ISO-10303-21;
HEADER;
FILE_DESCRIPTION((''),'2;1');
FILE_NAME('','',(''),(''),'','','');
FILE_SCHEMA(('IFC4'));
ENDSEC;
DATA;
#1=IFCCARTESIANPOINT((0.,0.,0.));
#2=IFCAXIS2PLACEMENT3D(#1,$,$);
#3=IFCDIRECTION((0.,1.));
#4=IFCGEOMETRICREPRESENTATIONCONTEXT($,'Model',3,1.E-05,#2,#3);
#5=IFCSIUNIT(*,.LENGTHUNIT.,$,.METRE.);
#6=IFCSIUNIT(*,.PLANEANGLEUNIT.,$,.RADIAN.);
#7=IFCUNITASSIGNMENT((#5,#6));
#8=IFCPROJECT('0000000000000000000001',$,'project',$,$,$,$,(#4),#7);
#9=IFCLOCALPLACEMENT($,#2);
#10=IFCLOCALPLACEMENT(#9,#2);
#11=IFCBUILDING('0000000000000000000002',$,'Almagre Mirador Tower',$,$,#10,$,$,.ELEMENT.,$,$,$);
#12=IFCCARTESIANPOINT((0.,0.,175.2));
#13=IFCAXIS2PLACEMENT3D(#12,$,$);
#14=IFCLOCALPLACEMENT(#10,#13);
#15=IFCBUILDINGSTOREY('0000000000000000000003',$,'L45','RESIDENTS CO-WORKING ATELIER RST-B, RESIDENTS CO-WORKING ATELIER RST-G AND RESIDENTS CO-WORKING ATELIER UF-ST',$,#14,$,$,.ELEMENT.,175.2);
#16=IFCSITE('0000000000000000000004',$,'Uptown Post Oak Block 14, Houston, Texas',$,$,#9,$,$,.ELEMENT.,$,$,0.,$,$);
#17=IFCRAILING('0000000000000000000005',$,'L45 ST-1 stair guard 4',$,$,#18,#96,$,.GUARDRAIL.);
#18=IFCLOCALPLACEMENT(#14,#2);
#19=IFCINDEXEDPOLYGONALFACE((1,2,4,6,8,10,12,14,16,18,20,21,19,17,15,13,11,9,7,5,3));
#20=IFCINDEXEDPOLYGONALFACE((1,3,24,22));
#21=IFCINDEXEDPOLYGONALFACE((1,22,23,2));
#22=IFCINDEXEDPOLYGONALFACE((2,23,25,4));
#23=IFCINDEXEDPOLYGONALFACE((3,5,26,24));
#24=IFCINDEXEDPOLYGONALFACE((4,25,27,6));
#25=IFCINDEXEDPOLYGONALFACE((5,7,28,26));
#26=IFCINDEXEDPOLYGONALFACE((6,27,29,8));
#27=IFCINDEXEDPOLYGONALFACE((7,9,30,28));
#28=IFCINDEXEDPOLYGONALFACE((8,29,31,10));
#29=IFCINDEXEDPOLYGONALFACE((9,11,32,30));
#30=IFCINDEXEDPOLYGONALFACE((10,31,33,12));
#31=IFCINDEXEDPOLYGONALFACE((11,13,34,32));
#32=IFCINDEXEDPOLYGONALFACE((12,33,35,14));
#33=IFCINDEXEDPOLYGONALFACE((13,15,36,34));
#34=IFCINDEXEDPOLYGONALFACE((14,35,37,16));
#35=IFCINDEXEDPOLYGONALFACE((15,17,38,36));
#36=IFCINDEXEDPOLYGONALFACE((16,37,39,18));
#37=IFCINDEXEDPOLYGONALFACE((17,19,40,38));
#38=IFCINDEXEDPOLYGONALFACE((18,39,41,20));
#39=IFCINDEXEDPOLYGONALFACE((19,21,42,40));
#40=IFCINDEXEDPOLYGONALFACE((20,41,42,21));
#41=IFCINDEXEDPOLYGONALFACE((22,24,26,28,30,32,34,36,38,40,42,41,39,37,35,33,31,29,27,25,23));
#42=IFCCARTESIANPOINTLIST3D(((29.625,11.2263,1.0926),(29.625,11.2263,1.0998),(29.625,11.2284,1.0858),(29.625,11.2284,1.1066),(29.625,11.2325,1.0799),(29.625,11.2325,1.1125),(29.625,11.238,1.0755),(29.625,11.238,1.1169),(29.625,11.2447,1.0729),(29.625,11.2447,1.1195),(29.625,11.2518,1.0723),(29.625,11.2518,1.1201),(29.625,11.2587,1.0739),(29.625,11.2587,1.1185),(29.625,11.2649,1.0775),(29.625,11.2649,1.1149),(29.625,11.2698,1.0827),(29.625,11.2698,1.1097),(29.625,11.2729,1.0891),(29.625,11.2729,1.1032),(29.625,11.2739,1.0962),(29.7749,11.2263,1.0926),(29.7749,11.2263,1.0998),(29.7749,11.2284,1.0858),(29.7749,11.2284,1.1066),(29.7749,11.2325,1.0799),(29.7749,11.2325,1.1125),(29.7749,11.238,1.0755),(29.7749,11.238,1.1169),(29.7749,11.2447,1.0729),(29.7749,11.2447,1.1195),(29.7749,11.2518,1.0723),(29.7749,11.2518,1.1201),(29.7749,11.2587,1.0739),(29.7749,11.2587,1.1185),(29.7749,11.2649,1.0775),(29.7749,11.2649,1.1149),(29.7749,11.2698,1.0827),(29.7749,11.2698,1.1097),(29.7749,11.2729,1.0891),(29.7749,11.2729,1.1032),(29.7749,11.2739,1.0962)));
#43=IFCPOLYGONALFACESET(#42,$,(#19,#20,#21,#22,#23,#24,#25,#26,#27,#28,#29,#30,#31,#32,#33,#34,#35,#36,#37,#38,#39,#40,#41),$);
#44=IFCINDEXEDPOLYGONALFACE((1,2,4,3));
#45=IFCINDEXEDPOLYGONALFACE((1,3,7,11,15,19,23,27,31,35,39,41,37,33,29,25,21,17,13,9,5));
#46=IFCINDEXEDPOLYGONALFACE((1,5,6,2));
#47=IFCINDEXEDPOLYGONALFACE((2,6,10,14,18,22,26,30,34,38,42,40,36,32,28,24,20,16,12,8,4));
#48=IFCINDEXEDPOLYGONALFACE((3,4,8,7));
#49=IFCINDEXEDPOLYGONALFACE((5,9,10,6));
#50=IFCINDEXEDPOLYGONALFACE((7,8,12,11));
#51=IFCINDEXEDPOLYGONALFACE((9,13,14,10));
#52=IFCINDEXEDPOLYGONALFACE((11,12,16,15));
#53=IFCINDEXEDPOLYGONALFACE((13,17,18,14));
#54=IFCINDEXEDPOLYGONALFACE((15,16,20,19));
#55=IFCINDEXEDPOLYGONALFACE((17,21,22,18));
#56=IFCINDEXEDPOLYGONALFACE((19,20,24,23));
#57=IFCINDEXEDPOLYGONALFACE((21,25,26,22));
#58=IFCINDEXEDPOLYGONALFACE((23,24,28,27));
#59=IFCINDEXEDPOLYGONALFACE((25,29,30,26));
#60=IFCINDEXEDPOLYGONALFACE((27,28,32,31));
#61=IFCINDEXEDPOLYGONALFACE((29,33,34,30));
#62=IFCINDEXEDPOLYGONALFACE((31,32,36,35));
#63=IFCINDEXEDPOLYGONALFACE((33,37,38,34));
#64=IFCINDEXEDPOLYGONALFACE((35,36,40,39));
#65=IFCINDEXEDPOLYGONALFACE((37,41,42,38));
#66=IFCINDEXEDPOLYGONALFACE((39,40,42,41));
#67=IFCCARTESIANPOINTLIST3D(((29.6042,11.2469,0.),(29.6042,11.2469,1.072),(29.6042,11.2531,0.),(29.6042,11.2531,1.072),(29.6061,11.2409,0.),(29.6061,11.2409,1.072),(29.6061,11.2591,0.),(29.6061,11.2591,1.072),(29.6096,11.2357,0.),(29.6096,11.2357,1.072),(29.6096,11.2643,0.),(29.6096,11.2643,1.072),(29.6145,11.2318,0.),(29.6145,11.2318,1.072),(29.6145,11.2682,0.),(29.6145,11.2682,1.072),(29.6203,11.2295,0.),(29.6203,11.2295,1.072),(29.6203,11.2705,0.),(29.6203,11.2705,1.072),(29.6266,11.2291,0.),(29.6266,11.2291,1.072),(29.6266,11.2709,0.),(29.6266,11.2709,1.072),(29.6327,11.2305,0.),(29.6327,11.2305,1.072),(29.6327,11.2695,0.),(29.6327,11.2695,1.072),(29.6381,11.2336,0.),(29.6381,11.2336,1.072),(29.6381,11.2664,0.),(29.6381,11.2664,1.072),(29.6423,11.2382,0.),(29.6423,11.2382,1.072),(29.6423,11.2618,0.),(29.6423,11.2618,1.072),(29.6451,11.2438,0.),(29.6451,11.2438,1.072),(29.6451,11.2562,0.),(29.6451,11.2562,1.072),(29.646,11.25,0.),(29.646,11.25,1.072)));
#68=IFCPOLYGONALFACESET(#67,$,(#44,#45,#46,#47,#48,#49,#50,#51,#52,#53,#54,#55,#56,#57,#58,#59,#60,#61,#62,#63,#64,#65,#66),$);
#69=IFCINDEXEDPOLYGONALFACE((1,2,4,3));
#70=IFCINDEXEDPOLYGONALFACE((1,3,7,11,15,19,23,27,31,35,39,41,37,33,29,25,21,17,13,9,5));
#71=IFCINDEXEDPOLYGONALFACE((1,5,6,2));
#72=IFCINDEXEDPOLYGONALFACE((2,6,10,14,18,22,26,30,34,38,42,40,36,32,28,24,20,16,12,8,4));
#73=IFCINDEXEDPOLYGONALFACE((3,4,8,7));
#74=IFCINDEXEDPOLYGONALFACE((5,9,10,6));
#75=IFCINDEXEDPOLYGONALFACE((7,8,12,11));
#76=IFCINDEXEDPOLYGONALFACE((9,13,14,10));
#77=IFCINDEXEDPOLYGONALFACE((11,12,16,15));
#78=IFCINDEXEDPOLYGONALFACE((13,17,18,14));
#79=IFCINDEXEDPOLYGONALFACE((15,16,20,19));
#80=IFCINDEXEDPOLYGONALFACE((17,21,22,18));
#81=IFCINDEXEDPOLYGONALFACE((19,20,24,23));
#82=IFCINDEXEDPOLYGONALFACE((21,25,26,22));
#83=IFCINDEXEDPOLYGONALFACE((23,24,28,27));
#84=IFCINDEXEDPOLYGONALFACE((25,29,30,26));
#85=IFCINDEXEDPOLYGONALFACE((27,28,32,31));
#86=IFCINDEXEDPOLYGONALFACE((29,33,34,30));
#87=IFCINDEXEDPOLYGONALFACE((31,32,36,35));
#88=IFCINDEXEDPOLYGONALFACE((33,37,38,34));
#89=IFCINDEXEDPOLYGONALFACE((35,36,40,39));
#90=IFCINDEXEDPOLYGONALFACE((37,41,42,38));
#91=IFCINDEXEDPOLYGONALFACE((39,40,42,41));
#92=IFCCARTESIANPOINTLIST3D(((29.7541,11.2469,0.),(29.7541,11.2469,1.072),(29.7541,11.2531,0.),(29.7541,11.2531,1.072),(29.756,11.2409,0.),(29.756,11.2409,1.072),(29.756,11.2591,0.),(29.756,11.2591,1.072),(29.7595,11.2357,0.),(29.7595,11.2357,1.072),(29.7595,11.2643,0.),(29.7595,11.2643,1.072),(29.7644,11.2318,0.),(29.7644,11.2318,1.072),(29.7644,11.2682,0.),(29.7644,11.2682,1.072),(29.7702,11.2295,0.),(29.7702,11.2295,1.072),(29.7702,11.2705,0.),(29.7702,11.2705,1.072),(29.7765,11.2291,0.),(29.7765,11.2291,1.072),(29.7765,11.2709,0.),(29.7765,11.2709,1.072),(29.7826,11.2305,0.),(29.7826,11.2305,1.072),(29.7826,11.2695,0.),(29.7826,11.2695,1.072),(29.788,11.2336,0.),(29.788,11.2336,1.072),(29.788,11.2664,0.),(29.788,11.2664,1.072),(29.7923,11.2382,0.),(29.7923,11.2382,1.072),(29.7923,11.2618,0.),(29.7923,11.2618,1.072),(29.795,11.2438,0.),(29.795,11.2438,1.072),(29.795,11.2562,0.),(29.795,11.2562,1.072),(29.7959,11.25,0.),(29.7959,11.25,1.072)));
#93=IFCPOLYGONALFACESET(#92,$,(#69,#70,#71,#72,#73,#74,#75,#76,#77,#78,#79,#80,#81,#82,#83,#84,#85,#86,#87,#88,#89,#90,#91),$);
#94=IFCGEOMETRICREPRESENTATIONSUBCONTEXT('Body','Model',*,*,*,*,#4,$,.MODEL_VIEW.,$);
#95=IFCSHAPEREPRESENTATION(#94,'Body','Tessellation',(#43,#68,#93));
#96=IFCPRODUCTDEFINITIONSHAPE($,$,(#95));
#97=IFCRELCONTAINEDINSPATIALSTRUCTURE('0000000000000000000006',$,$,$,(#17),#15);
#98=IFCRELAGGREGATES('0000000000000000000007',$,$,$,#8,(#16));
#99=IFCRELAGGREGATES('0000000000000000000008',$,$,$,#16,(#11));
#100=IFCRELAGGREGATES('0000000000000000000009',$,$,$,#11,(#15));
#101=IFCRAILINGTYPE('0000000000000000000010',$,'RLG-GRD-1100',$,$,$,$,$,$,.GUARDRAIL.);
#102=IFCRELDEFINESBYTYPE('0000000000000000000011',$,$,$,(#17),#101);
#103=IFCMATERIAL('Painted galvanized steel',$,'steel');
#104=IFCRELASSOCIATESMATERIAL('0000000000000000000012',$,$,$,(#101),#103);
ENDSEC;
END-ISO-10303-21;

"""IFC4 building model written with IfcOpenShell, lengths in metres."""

from ifc_helpers import new_model, si_unit, direction, frame, origin, origin_2d, place, context, subcontext, project, spatial, circle, extrude, material, type_object, element, save


model = new_model("IFC4")

# Units and contexts
model_context = context("Model", 3, precision=1e-05, world=origin(), true_north=direction((0.0, 1.0)))
body_context = subcontext(model_context, "Body", "Model", "MODEL_VIEW")
ifc_project = project(units=[si_unit("LENGTHUNIT", "METRE"), si_unit("PLANEANGLEUNIT", "RADIAN")], contexts=[model_context])

# Site, building, storey
site_placement = place(None, origin())
site = spatial("IfcSite", under=ifc_project, at=site_placement, Name="Uptown Post Oak Block 14, Houston, Texas", CompositionType="ELEMENT", RefElevation=0.0)
building_placement = place(site_placement, origin())
building = spatial("IfcBuilding", under=site, at=building_placement, Name="Almagre Mirador Tower", CompositionType="ELEMENT")
storey_placement = place(building_placement, frame((0.0, 0.0, 175.2)))
storey = spatial("IfcBuildingStorey", under=building, at=storey_placement, Name="L45", Description="RESIDENTS CO-WORKING ATELIER RST-B, RESIDENTS CO-WORKING ATELIER RST-G AND RESIDENTS CO-WORKING ATELIER UF-ST", CompositionType="ELEMENT", Elevation=175.2)

# Railing
ifc_material_1 = material(Name="Painted galvanized steel", Category="steel")
railing_type_1 = type_object("IfcRailingType", Name="RLG-GRD-1100", PredefinedType="GUARDRAIL", material=ifc_material_1)
railing_1_placement = place(storey_placement, frame((29.625, 11.25, 0.0)))
element("IfcRailing", 1, at=railing_1_placement, inside=storey, type_object=railing_type_1, Name="L45 ST-1 stair guard 4", PredefinedType="GUARDRAIL", context=body_context, shape_type="SweptSolid", body=[
    extrude(circle(Radius=0.0239, at=origin_2d()), frame((0.0, 0.0, 1.0962), z_axis=(1.0, 0.0, 0.0), x_axis=(0.0, 1.0, 0.0)), (0.0, 0.0, 1.0), 0.1499),
    extrude(circle(Radius=0.021, at=origin_2d()), origin(), (0.0, 0.0, 1.0), 1.072),
    extrude(circle(Radius=0.021, at=origin_2d()), frame((0.1499, 0.0, 0.0)), (0.0, 0.0, 1.0), 1.072),
])

save(model, "model.ifc")
